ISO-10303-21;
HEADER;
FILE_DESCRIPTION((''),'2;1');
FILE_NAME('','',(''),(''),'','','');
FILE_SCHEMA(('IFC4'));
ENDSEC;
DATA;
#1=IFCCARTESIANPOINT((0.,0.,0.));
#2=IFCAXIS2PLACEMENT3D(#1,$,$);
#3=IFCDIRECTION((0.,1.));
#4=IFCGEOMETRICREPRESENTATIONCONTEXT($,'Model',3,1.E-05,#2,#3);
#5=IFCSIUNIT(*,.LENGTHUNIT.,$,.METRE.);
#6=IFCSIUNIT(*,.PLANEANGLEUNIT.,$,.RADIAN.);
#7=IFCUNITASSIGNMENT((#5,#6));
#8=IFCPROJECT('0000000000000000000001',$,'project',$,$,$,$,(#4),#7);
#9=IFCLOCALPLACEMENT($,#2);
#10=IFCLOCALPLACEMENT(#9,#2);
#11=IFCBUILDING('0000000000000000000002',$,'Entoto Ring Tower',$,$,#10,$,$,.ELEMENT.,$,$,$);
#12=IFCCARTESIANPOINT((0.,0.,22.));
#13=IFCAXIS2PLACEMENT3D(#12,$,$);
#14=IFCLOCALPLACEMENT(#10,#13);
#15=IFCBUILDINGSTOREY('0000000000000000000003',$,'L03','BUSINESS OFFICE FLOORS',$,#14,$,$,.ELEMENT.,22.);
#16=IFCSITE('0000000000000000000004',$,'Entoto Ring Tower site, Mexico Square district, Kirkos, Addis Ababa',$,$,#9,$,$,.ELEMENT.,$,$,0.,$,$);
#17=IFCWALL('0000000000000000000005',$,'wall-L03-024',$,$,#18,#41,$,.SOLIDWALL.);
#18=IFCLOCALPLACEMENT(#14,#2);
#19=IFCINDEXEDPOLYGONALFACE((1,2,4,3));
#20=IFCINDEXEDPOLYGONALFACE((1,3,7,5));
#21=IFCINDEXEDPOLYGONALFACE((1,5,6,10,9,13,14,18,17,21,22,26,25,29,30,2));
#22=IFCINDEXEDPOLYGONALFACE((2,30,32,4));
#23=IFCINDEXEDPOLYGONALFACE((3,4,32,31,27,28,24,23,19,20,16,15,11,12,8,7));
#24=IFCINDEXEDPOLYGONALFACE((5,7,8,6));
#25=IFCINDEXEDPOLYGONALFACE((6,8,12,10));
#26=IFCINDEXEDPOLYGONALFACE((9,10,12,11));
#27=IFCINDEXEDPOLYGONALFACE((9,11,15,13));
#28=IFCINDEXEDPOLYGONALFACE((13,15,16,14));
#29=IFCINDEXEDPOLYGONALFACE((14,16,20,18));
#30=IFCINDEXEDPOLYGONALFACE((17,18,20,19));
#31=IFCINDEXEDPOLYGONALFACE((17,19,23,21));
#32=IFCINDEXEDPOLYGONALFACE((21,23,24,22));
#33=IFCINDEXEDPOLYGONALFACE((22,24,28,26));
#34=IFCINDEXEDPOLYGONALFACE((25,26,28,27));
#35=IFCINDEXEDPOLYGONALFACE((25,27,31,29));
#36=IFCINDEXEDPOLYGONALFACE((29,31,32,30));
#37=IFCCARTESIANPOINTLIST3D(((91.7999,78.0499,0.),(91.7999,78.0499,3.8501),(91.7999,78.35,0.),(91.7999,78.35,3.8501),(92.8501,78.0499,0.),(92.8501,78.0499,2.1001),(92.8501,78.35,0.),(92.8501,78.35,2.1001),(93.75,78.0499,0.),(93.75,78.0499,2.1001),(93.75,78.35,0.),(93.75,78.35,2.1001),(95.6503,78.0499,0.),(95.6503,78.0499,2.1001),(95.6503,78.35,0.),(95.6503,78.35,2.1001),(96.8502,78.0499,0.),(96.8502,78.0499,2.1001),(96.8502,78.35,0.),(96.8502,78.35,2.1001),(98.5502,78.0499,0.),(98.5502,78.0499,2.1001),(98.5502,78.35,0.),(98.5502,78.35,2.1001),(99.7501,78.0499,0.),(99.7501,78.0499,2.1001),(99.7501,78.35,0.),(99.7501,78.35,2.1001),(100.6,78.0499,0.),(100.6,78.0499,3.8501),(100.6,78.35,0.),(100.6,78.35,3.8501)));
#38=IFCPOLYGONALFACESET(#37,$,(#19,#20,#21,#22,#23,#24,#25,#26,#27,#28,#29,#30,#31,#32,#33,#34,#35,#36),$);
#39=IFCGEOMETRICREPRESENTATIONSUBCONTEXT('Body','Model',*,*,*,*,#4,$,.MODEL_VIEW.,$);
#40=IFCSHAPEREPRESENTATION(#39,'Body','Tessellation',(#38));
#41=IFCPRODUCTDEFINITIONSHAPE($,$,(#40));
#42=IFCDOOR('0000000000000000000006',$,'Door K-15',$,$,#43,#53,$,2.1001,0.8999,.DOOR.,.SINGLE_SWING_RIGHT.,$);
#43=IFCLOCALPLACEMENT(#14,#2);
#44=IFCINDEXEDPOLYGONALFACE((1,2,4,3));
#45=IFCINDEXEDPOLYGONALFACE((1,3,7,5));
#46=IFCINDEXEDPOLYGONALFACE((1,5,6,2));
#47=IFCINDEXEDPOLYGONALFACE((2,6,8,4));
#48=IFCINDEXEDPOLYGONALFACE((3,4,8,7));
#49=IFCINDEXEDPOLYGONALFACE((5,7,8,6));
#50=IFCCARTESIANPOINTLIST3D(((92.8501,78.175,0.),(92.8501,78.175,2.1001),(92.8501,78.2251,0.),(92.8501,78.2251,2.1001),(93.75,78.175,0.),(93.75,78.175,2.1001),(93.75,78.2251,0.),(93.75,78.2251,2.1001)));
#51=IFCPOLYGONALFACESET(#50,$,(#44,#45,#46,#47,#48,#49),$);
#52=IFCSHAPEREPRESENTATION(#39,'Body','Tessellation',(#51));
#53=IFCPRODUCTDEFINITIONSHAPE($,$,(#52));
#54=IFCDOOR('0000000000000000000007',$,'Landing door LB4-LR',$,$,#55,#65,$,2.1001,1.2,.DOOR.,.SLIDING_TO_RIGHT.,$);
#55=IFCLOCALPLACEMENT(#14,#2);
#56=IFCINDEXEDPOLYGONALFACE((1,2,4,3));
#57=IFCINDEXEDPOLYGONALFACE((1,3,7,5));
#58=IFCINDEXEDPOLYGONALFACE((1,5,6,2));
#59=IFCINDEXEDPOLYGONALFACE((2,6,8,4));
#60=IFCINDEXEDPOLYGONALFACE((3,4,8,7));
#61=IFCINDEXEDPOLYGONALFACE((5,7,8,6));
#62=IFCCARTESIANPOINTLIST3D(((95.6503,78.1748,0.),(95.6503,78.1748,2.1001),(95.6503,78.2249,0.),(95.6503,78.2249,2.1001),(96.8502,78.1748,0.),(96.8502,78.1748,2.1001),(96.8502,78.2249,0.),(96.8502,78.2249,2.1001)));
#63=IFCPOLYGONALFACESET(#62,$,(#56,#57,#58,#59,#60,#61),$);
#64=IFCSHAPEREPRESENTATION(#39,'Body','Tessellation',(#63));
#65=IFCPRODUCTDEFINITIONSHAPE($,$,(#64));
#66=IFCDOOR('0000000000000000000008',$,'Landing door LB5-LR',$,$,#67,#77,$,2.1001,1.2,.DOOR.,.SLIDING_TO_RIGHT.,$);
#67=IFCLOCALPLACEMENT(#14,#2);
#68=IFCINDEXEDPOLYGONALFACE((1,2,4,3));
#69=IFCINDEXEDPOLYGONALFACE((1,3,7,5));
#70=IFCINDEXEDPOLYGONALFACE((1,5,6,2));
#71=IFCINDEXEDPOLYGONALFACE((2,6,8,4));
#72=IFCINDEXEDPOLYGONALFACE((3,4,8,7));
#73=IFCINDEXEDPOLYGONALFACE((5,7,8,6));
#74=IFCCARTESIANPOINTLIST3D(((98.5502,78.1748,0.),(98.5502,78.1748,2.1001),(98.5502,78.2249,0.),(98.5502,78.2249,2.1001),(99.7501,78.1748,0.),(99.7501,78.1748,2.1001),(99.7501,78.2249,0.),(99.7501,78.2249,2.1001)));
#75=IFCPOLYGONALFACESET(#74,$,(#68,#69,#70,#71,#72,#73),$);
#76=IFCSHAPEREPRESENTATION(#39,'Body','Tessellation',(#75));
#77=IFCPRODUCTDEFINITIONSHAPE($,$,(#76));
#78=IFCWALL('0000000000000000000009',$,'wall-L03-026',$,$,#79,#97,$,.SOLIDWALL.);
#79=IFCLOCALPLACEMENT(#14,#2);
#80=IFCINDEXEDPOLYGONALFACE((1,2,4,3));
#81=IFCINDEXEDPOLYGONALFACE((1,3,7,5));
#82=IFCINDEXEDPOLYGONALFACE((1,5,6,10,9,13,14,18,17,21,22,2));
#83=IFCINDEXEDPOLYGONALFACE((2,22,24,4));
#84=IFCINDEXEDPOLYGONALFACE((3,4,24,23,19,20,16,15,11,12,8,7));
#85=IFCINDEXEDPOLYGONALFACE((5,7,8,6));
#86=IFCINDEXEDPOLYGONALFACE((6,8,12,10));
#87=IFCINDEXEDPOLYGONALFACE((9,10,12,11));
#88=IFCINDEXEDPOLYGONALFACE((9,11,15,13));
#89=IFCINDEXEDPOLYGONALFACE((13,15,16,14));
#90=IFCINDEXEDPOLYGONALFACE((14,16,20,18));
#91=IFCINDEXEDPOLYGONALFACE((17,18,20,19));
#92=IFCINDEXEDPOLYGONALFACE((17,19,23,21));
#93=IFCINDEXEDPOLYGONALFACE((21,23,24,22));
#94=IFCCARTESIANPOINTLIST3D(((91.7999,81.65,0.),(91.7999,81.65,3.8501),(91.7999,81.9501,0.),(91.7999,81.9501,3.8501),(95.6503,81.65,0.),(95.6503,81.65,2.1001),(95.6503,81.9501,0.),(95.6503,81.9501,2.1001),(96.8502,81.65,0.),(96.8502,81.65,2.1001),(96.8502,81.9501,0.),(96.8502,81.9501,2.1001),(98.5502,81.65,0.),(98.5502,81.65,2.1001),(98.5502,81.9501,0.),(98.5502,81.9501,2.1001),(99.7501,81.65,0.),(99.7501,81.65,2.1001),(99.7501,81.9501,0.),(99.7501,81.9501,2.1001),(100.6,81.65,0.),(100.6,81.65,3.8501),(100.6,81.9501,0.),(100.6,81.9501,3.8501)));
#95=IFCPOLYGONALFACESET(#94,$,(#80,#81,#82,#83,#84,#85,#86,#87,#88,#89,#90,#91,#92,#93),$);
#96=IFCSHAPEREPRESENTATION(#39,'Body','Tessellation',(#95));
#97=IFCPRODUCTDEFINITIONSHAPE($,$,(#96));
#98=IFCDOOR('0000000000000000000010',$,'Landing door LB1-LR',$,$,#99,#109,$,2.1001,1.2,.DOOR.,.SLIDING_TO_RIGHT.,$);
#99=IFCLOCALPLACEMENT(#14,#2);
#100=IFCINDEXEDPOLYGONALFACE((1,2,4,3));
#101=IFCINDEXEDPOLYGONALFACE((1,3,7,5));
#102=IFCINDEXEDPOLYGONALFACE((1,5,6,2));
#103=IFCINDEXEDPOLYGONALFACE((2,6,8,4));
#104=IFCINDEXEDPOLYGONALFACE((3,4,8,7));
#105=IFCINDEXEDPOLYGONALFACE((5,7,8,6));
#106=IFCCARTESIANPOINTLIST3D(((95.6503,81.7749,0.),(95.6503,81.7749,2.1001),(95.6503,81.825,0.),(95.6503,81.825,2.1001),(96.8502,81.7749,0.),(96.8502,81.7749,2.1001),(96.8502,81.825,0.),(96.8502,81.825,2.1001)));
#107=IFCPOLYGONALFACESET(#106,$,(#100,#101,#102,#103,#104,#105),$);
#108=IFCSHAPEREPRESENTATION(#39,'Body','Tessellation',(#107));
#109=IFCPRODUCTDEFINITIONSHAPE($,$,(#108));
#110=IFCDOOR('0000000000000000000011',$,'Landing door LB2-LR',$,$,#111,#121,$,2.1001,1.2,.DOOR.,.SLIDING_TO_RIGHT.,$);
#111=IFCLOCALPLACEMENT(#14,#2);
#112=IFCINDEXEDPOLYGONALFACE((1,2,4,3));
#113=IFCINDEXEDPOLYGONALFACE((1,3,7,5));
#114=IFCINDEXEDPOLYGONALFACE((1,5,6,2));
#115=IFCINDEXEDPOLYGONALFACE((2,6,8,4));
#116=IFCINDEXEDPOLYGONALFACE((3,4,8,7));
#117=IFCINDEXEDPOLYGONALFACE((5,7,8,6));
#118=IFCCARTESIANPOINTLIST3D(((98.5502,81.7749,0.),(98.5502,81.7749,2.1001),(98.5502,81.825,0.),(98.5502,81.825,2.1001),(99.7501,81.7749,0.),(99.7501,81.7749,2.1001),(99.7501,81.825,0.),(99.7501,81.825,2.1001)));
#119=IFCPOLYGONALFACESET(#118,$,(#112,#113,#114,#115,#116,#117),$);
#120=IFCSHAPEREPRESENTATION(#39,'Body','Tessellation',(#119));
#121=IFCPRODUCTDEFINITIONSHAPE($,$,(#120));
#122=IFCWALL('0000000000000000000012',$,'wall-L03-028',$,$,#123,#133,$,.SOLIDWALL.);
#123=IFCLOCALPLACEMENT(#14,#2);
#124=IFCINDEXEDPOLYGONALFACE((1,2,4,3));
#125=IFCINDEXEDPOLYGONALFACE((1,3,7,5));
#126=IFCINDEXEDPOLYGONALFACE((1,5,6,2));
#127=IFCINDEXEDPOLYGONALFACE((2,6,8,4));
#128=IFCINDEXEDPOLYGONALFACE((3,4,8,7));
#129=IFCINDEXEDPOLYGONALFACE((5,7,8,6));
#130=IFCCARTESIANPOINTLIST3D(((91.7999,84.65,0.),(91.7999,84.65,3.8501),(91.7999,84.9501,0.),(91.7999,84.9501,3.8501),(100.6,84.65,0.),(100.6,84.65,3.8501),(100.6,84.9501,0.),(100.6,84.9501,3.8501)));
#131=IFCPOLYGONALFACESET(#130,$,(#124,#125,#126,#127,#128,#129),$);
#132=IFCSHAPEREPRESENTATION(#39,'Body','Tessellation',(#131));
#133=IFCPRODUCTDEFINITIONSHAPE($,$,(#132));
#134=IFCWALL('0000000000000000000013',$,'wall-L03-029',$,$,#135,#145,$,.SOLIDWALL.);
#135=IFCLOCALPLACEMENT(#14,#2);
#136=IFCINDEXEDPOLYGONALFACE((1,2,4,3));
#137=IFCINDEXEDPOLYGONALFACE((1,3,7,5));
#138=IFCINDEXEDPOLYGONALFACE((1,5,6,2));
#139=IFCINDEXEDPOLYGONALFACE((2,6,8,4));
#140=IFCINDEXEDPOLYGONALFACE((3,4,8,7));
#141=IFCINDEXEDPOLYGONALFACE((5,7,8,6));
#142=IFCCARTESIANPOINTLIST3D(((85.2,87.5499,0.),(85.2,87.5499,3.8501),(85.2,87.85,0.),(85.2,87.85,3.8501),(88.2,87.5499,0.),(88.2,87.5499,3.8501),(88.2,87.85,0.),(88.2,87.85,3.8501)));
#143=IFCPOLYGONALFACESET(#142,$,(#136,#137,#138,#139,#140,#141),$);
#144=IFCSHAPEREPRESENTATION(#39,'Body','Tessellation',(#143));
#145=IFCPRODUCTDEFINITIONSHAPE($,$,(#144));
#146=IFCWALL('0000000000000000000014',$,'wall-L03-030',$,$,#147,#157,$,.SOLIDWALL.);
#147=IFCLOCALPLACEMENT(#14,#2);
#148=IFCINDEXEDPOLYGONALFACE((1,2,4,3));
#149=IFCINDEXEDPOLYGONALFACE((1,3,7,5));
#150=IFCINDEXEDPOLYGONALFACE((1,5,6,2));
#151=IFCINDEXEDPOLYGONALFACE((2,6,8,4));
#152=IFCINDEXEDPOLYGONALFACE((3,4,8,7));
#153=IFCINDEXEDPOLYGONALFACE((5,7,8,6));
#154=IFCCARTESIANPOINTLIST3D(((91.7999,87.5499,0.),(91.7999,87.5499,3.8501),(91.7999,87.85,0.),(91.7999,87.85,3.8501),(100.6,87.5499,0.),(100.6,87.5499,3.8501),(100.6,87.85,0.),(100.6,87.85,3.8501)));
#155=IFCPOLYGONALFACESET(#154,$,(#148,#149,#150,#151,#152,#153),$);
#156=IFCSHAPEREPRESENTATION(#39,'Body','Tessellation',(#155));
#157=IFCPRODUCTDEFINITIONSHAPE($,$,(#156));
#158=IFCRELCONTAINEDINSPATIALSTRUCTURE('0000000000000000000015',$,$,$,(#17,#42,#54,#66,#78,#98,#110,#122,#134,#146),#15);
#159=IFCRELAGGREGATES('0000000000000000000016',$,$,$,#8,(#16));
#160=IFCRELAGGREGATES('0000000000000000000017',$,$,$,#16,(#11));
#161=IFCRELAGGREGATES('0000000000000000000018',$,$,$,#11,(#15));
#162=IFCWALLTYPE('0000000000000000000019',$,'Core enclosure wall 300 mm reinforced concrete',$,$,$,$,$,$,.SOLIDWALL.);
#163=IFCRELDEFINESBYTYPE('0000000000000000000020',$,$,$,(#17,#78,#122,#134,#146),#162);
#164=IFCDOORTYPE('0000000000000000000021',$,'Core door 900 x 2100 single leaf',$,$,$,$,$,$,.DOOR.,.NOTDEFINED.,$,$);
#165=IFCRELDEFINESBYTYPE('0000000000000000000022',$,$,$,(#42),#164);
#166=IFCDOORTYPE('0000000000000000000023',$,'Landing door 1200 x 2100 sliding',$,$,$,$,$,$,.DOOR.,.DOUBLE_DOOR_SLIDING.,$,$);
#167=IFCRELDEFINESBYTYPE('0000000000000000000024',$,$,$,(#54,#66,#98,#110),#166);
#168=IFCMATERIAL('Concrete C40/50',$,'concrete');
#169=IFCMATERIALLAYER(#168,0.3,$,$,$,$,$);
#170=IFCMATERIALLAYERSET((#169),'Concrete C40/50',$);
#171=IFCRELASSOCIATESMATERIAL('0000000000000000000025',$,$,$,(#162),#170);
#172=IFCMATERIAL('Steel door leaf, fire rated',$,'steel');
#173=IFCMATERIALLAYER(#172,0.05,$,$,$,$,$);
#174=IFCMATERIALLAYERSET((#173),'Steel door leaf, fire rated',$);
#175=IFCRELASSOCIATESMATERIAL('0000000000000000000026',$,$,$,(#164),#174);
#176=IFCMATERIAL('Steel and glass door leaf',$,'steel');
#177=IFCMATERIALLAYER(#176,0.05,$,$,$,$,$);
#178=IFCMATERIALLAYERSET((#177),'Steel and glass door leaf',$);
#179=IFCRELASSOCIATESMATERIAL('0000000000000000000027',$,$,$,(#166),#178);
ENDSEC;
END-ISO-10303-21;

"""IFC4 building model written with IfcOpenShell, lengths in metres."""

from ifc_helpers import new_model, si_unit, direction, frame, frame_2d, origin, place, context, subcontext, project, spatial, rectangle, extrude, material, layer, layer_set, type_object, element, fill, save


model = new_model("IFC4")

# Units and contexts
model_context = context("Model", 3, precision=1e-05, world=origin(), true_north=direction((0.0, 1.0)))
body_context = subcontext(model_context, "Body", "Model", "MODEL_VIEW")
ifc_project = project(units=[si_unit("LENGTHUNIT", "METRE"), si_unit("PLANEANGLEUNIT", "RADIAN")], contexts=[model_context])

# Site, building, storey
site_placement = place(None, origin())
site = spatial("IfcSite", under=ifc_project, at=site_placement, Name="Entoto Ring Tower site, Mexico Square district, Kirkos, Addis Ababa", CompositionType="ELEMENT", RefElevation=0.0)
building_placement = place(site_placement, origin())
building = spatial("IfcBuilding", under=site, at=building_placement, Name="Entoto Ring Tower", CompositionType="ELEMENT")
storey_placement = place(building_placement, frame((0.0, 0.0, 22.0)))
storey = spatial("IfcBuildingStorey", under=building, at=storey_placement, Name="L03", Description="BUSINESS OFFICE FLOORS", CompositionType="ELEMENT", Elevation=22.0)

# Shared definitions
ifc_material_1 = material(Name="Concrete C40/50", Category="concrete")
ifc_layer_1 = layer(ifc_material_1, 0.3)
ifc_layer_set_1 = layer_set([ifc_layer_1], Name="Concrete C40/50")
wall_type = type_object("IfcWallType", Name="Core enclosure wall 300 mm reinforced concrete", PredefinedType="SOLIDWALL", material=ifc_layer_set_1)

# Shared definitions
ifc_material_2 = material(Name="Steel door leaf, fire rated", Category="steel")
ifc_layer_2 = layer(ifc_material_2, 0.05)
ifc_layer_set_2 = layer_set([ifc_layer_2], Name="Steel door leaf, fire rated")
door_type_1 = type_object("IfcDoorType", Name="Core door 900 x 2100 single leaf", OperationType="NOTDEFINED", PredefinedType="DOOR", material=ifc_layer_set_2)

# Walls, openings, doors
ifc_material_3 = material(Name="Steel and glass door leaf", Category="steel")
ifc_layer_3 = layer(ifc_material_3, 0.05)
ifc_layer_set_3 = layer_set([ifc_layer_3], Name="Steel and glass door leaf")
door_type_2 = type_object("IfcDoorType", Name="Landing door 1200 x 2100 sliding", OperationType="DOUBLE_DOOR_SLIDING", PredefinedType="DOOR", material=ifc_layer_set_3)
wall_1_placement = place(storey_placement, frame((91.8, 78.2, 0.0), z_axis=(0.0, 0.0, 1.0), x_axis=(1.0, 0.0, 0.0)))
wall_1 = element("IfcWall", 1, at=wall_1_placement, inside=storey, type_object=wall_type, Name="wall-L03-024", PredefinedType="SOLIDWALL", context=body_context, shape_type="SweptSolid", body=[
    extrude(rectangle(XDim=8.8, YDim=0.3, at=frame_2d((4.3999, 0.0))), origin(), (0.0, 0.0, 1.0), 3.8501),
])
opening_1_placement = place(wall_1_placement, frame((3.8501, 0.0, 0.0)))
opening_1 = element("IfcOpeningElement", 2, at=opening_1_placement, cuts=wall_1, PredefinedType="OPENING", context=body_context, shape_type="SweptSolid", body=[
    extrude(rectangle(XDim=1.2, YDim=2.1001, at=frame_2d((0.6001, 1.05))), frame((0.0, 0.1602, 0.0), z_axis=(0.0, -1.0, 0.0), x_axis=(1.0, 0.0, 0.0)), (0.0, 0.0, 1.0), 0.3201),
])
opening_2_placement = place(wall_1_placement, frame((6.75, 0.0, 0.0)))
opening_2 = element("IfcOpeningElement", 3, at=opening_2_placement, cuts=wall_1, PredefinedType="OPENING", context=body_context, shape_type="SweptSolid", body=[
    extrude(rectangle(XDim=1.2, YDim=2.1001, at=frame_2d((0.6001, 1.05))), frame((0.0, 0.1602, 0.0), z_axis=(0.0, -1.0, 0.0), x_axis=(1.0, 0.0, 0.0)), (0.0, 0.0, 1.0), 0.3201),
])
opening_3_placement = place(wall_1_placement, frame((1.05, 0.0, 0.0)))
opening_3 = element("IfcOpeningElement", 4, at=opening_3_placement, cuts=wall_1, PredefinedType="OPENING", context=body_context, shape_type="SweptSolid", body=[
    extrude(rectangle(XDim=0.8999, YDim=2.1001, at=frame_2d((0.45, 1.05))), frame((0.0, 0.1602, 0.0), z_axis=(0.0, -1.0, 0.0), x_axis=(1.0, 0.0, 0.0)), (0.0, 0.0, 1.0), 0.3201),
])
door_1_placement = place(opening_3_placement, frame((0.8999, 0.0, 0.0), z_axis=(0.0, 0.0, 1.0), x_axis=(-1.0, 0.0, 0.0)))
door_1 = element("IfcDoor", 5, at=door_1_placement, inside=storey, type_object=door_type_1, Name="Door K-15", OperationType="SINGLE_SWING_RIGHT", OverallHeight=2.1001, OverallWidth=0.8999, PredefinedType="DOOR", context=body_context, shape_type="SweptSolid", body=[
    extrude(rectangle(XDim=0.8999, YDim=2.1001, at=frame_2d((0.45, 1.05))), frame((0.0, 0.0249, 0.0), z_axis=(0.0, -1.0, 0.0), x_axis=(1.0, 0.0, 0.0)), (0.0, 0.0, 1.0), 0.05),
])
fill(opening_3, door_1)
door_2_placement = place(opening_1_placement, origin())
door_2 = element("IfcDoor", 6, at=door_2_placement, inside=storey, type_object=door_type_2, Name="Landing door LB4-LR", OperationType="SLIDING_TO_RIGHT", OverallHeight=2.1001, OverallWidth=1.2, PredefinedType="DOOR", context=body_context, shape_type="SweptSolid", body=[
    extrude(rectangle(XDim=1.2, YDim=2.1001, at=frame_2d((0.6001, 1.05))), frame((0.0, 0.0249, 0.0), z_axis=(0.0, -1.0, 0.0), x_axis=(1.0, 0.0, 0.0)), (0.0, 0.0, 1.0), 0.05),
])
fill(opening_1, door_2)
door_3_placement = place(opening_2_placement, origin())
door_3 = element("IfcDoor", 7, at=door_3_placement, inside=storey, type_object=door_type_2, Name="Landing door LB5-LR", OperationType="SLIDING_TO_RIGHT", OverallHeight=2.1001, OverallWidth=1.2, PredefinedType="DOOR", context=body_context, shape_type="SweptSolid", body=[
    extrude(rectangle(XDim=1.2, YDim=2.1001, at=frame_2d((0.6001, 1.05))), frame((0.0, 0.0249, 0.0), z_axis=(0.0, -1.0, 0.0), x_axis=(1.0, 0.0, 0.0)), (0.0, 0.0, 1.0), 0.05),
])
fill(opening_2, door_3)
wall_2_placement = place(storey_placement, frame((91.8, 81.8, 0.0), z_axis=(0.0, 0.0, 1.0), x_axis=(1.0, 0.0, 0.0)))
wall_2 = element("IfcWall", 8, at=wall_2_placement, inside=storey, type_object=wall_type, Name="wall-L03-026", PredefinedType="SOLIDWALL", context=body_context, shape_type="SweptSolid", body=[
    extrude(rectangle(XDim=8.8, YDim=0.3, at=frame_2d((4.3999, 0.0))), origin(), (0.0, 0.0, 1.0), 3.8501),
])
opening_4_placement = place(wall_2_placement, frame((3.8501, 0.0, 0.0)))
opening_4 = element("IfcOpeningElement", 9, at=opening_4_placement, cuts=wall_2, PredefinedType="OPENING", context=body_context, shape_type="SweptSolid", body=[
    extrude(rectangle(XDim=1.2, YDim=2.1001, at=frame_2d((0.6001, 1.05))), frame((0.0, 0.1602, 0.0), z_axis=(0.0, -1.0, 0.0), x_axis=(1.0, 0.0, 0.0)), (0.0, 0.0, 1.0), 0.3201),
])
opening_5_placement = place(wall_2_placement, frame((6.75, 0.0, 0.0)))
opening_5 = element("IfcOpeningElement", 10, at=opening_5_placement, cuts=wall_2, PredefinedType="OPENING", context=body_context, shape_type="SweptSolid", body=[
    extrude(rectangle(XDim=1.2, YDim=2.1001, at=frame_2d((0.6001, 1.05))), frame((0.0, 0.1602, 0.0), z_axis=(0.0, -1.0, 0.0), x_axis=(1.0, 0.0, 0.0)), (0.0, 0.0, 1.0), 0.3201),
])
door_4_placement = place(opening_4_placement, origin())
door_4 = element("IfcDoor", 11, at=door_4_placement, inside=storey, type_object=door_type_2, Name="Landing door LB1-LR", OperationType="SLIDING_TO_RIGHT", OverallHeight=2.1001, OverallWidth=1.2, PredefinedType="DOOR", context=body_context, shape_type="SweptSolid", body=[
    extrude(rectangle(XDim=1.2, YDim=2.1001, at=frame_2d((0.6001, 1.05))), frame((0.0, 0.0249, 0.0), z_axis=(0.0, -1.0, 0.0), x_axis=(1.0, 0.0, 0.0)), (0.0, 0.0, 1.0), 0.05),
])
fill(opening_4, door_4)
door_5_placement = place(opening_5_placement, origin())
door_5 = element("IfcDoor", 12, at=door_5_placement, inside=storey, type_object=door_type_2, Name="Landing door LB2-LR", OperationType="SLIDING_TO_RIGHT", OverallHeight=2.1001, OverallWidth=1.2, PredefinedType="DOOR", context=body_context, shape_type="SweptSolid", body=[
    extrude(rectangle(XDim=1.2, YDim=2.1001, at=frame_2d((0.6001, 1.05))), frame((0.0, 0.0249, 0.0), z_axis=(0.0, -1.0, 0.0), x_axis=(1.0, 0.0, 0.0)), (0.0, 0.0, 1.0), 0.05),
])
fill(opening_5, door_5)

# Walls
wall_3_placement = place(storey_placement, frame((91.8, 84.8, 0.0), z_axis=(0.0, 0.0, 1.0), x_axis=(1.0, 0.0, 0.0)))
element("IfcWall", 13, at=wall_3_placement, inside=storey, type_object=wall_type, Name="wall-L03-028", PredefinedType="SOLIDWALL", context=body_context, shape_type="SweptSolid", body=[
    extrude(rectangle(XDim=8.8, YDim=0.3, at=frame_2d((4.3999, 0.0))), origin(), (0.0, 0.0, 1.0), 3.8501),
])
wall_4_placement = place(storey_placement, frame((85.2, 87.7, 0.0), z_axis=(0.0, 0.0, 1.0), x_axis=(1.0, 0.0, 0.0)))
element("IfcWall", 14, at=wall_4_placement, inside=storey, type_object=wall_type, Name="wall-L03-029", PredefinedType="SOLIDWALL", context=body_context, shape_type="SweptSolid", body=[
    extrude(rectangle(XDim=3.0, YDim=0.3, at=frame_2d((1.5, 0.0))), origin(), (0.0, 0.0, 1.0), 3.8501),
])
wall_5_placement = place(storey_placement, frame((91.8, 87.7, 0.0), z_axis=(0.0, 0.0, 1.0), x_axis=(1.0, 0.0, 0.0)))
element("IfcWall", 15, at=wall_5_placement, inside=storey, type_object=wall_type, Name="wall-L03-030", PredefinedType="SOLIDWALL", context=body_context, shape_type="SweptSolid", body=[
    extrude(rectangle(XDim=8.8, YDim=0.3, at=frame_2d((4.3999, 0.0))), origin(), (0.0, 0.0, 1.0), 3.8501),
])

save(model, "model.ifc")
